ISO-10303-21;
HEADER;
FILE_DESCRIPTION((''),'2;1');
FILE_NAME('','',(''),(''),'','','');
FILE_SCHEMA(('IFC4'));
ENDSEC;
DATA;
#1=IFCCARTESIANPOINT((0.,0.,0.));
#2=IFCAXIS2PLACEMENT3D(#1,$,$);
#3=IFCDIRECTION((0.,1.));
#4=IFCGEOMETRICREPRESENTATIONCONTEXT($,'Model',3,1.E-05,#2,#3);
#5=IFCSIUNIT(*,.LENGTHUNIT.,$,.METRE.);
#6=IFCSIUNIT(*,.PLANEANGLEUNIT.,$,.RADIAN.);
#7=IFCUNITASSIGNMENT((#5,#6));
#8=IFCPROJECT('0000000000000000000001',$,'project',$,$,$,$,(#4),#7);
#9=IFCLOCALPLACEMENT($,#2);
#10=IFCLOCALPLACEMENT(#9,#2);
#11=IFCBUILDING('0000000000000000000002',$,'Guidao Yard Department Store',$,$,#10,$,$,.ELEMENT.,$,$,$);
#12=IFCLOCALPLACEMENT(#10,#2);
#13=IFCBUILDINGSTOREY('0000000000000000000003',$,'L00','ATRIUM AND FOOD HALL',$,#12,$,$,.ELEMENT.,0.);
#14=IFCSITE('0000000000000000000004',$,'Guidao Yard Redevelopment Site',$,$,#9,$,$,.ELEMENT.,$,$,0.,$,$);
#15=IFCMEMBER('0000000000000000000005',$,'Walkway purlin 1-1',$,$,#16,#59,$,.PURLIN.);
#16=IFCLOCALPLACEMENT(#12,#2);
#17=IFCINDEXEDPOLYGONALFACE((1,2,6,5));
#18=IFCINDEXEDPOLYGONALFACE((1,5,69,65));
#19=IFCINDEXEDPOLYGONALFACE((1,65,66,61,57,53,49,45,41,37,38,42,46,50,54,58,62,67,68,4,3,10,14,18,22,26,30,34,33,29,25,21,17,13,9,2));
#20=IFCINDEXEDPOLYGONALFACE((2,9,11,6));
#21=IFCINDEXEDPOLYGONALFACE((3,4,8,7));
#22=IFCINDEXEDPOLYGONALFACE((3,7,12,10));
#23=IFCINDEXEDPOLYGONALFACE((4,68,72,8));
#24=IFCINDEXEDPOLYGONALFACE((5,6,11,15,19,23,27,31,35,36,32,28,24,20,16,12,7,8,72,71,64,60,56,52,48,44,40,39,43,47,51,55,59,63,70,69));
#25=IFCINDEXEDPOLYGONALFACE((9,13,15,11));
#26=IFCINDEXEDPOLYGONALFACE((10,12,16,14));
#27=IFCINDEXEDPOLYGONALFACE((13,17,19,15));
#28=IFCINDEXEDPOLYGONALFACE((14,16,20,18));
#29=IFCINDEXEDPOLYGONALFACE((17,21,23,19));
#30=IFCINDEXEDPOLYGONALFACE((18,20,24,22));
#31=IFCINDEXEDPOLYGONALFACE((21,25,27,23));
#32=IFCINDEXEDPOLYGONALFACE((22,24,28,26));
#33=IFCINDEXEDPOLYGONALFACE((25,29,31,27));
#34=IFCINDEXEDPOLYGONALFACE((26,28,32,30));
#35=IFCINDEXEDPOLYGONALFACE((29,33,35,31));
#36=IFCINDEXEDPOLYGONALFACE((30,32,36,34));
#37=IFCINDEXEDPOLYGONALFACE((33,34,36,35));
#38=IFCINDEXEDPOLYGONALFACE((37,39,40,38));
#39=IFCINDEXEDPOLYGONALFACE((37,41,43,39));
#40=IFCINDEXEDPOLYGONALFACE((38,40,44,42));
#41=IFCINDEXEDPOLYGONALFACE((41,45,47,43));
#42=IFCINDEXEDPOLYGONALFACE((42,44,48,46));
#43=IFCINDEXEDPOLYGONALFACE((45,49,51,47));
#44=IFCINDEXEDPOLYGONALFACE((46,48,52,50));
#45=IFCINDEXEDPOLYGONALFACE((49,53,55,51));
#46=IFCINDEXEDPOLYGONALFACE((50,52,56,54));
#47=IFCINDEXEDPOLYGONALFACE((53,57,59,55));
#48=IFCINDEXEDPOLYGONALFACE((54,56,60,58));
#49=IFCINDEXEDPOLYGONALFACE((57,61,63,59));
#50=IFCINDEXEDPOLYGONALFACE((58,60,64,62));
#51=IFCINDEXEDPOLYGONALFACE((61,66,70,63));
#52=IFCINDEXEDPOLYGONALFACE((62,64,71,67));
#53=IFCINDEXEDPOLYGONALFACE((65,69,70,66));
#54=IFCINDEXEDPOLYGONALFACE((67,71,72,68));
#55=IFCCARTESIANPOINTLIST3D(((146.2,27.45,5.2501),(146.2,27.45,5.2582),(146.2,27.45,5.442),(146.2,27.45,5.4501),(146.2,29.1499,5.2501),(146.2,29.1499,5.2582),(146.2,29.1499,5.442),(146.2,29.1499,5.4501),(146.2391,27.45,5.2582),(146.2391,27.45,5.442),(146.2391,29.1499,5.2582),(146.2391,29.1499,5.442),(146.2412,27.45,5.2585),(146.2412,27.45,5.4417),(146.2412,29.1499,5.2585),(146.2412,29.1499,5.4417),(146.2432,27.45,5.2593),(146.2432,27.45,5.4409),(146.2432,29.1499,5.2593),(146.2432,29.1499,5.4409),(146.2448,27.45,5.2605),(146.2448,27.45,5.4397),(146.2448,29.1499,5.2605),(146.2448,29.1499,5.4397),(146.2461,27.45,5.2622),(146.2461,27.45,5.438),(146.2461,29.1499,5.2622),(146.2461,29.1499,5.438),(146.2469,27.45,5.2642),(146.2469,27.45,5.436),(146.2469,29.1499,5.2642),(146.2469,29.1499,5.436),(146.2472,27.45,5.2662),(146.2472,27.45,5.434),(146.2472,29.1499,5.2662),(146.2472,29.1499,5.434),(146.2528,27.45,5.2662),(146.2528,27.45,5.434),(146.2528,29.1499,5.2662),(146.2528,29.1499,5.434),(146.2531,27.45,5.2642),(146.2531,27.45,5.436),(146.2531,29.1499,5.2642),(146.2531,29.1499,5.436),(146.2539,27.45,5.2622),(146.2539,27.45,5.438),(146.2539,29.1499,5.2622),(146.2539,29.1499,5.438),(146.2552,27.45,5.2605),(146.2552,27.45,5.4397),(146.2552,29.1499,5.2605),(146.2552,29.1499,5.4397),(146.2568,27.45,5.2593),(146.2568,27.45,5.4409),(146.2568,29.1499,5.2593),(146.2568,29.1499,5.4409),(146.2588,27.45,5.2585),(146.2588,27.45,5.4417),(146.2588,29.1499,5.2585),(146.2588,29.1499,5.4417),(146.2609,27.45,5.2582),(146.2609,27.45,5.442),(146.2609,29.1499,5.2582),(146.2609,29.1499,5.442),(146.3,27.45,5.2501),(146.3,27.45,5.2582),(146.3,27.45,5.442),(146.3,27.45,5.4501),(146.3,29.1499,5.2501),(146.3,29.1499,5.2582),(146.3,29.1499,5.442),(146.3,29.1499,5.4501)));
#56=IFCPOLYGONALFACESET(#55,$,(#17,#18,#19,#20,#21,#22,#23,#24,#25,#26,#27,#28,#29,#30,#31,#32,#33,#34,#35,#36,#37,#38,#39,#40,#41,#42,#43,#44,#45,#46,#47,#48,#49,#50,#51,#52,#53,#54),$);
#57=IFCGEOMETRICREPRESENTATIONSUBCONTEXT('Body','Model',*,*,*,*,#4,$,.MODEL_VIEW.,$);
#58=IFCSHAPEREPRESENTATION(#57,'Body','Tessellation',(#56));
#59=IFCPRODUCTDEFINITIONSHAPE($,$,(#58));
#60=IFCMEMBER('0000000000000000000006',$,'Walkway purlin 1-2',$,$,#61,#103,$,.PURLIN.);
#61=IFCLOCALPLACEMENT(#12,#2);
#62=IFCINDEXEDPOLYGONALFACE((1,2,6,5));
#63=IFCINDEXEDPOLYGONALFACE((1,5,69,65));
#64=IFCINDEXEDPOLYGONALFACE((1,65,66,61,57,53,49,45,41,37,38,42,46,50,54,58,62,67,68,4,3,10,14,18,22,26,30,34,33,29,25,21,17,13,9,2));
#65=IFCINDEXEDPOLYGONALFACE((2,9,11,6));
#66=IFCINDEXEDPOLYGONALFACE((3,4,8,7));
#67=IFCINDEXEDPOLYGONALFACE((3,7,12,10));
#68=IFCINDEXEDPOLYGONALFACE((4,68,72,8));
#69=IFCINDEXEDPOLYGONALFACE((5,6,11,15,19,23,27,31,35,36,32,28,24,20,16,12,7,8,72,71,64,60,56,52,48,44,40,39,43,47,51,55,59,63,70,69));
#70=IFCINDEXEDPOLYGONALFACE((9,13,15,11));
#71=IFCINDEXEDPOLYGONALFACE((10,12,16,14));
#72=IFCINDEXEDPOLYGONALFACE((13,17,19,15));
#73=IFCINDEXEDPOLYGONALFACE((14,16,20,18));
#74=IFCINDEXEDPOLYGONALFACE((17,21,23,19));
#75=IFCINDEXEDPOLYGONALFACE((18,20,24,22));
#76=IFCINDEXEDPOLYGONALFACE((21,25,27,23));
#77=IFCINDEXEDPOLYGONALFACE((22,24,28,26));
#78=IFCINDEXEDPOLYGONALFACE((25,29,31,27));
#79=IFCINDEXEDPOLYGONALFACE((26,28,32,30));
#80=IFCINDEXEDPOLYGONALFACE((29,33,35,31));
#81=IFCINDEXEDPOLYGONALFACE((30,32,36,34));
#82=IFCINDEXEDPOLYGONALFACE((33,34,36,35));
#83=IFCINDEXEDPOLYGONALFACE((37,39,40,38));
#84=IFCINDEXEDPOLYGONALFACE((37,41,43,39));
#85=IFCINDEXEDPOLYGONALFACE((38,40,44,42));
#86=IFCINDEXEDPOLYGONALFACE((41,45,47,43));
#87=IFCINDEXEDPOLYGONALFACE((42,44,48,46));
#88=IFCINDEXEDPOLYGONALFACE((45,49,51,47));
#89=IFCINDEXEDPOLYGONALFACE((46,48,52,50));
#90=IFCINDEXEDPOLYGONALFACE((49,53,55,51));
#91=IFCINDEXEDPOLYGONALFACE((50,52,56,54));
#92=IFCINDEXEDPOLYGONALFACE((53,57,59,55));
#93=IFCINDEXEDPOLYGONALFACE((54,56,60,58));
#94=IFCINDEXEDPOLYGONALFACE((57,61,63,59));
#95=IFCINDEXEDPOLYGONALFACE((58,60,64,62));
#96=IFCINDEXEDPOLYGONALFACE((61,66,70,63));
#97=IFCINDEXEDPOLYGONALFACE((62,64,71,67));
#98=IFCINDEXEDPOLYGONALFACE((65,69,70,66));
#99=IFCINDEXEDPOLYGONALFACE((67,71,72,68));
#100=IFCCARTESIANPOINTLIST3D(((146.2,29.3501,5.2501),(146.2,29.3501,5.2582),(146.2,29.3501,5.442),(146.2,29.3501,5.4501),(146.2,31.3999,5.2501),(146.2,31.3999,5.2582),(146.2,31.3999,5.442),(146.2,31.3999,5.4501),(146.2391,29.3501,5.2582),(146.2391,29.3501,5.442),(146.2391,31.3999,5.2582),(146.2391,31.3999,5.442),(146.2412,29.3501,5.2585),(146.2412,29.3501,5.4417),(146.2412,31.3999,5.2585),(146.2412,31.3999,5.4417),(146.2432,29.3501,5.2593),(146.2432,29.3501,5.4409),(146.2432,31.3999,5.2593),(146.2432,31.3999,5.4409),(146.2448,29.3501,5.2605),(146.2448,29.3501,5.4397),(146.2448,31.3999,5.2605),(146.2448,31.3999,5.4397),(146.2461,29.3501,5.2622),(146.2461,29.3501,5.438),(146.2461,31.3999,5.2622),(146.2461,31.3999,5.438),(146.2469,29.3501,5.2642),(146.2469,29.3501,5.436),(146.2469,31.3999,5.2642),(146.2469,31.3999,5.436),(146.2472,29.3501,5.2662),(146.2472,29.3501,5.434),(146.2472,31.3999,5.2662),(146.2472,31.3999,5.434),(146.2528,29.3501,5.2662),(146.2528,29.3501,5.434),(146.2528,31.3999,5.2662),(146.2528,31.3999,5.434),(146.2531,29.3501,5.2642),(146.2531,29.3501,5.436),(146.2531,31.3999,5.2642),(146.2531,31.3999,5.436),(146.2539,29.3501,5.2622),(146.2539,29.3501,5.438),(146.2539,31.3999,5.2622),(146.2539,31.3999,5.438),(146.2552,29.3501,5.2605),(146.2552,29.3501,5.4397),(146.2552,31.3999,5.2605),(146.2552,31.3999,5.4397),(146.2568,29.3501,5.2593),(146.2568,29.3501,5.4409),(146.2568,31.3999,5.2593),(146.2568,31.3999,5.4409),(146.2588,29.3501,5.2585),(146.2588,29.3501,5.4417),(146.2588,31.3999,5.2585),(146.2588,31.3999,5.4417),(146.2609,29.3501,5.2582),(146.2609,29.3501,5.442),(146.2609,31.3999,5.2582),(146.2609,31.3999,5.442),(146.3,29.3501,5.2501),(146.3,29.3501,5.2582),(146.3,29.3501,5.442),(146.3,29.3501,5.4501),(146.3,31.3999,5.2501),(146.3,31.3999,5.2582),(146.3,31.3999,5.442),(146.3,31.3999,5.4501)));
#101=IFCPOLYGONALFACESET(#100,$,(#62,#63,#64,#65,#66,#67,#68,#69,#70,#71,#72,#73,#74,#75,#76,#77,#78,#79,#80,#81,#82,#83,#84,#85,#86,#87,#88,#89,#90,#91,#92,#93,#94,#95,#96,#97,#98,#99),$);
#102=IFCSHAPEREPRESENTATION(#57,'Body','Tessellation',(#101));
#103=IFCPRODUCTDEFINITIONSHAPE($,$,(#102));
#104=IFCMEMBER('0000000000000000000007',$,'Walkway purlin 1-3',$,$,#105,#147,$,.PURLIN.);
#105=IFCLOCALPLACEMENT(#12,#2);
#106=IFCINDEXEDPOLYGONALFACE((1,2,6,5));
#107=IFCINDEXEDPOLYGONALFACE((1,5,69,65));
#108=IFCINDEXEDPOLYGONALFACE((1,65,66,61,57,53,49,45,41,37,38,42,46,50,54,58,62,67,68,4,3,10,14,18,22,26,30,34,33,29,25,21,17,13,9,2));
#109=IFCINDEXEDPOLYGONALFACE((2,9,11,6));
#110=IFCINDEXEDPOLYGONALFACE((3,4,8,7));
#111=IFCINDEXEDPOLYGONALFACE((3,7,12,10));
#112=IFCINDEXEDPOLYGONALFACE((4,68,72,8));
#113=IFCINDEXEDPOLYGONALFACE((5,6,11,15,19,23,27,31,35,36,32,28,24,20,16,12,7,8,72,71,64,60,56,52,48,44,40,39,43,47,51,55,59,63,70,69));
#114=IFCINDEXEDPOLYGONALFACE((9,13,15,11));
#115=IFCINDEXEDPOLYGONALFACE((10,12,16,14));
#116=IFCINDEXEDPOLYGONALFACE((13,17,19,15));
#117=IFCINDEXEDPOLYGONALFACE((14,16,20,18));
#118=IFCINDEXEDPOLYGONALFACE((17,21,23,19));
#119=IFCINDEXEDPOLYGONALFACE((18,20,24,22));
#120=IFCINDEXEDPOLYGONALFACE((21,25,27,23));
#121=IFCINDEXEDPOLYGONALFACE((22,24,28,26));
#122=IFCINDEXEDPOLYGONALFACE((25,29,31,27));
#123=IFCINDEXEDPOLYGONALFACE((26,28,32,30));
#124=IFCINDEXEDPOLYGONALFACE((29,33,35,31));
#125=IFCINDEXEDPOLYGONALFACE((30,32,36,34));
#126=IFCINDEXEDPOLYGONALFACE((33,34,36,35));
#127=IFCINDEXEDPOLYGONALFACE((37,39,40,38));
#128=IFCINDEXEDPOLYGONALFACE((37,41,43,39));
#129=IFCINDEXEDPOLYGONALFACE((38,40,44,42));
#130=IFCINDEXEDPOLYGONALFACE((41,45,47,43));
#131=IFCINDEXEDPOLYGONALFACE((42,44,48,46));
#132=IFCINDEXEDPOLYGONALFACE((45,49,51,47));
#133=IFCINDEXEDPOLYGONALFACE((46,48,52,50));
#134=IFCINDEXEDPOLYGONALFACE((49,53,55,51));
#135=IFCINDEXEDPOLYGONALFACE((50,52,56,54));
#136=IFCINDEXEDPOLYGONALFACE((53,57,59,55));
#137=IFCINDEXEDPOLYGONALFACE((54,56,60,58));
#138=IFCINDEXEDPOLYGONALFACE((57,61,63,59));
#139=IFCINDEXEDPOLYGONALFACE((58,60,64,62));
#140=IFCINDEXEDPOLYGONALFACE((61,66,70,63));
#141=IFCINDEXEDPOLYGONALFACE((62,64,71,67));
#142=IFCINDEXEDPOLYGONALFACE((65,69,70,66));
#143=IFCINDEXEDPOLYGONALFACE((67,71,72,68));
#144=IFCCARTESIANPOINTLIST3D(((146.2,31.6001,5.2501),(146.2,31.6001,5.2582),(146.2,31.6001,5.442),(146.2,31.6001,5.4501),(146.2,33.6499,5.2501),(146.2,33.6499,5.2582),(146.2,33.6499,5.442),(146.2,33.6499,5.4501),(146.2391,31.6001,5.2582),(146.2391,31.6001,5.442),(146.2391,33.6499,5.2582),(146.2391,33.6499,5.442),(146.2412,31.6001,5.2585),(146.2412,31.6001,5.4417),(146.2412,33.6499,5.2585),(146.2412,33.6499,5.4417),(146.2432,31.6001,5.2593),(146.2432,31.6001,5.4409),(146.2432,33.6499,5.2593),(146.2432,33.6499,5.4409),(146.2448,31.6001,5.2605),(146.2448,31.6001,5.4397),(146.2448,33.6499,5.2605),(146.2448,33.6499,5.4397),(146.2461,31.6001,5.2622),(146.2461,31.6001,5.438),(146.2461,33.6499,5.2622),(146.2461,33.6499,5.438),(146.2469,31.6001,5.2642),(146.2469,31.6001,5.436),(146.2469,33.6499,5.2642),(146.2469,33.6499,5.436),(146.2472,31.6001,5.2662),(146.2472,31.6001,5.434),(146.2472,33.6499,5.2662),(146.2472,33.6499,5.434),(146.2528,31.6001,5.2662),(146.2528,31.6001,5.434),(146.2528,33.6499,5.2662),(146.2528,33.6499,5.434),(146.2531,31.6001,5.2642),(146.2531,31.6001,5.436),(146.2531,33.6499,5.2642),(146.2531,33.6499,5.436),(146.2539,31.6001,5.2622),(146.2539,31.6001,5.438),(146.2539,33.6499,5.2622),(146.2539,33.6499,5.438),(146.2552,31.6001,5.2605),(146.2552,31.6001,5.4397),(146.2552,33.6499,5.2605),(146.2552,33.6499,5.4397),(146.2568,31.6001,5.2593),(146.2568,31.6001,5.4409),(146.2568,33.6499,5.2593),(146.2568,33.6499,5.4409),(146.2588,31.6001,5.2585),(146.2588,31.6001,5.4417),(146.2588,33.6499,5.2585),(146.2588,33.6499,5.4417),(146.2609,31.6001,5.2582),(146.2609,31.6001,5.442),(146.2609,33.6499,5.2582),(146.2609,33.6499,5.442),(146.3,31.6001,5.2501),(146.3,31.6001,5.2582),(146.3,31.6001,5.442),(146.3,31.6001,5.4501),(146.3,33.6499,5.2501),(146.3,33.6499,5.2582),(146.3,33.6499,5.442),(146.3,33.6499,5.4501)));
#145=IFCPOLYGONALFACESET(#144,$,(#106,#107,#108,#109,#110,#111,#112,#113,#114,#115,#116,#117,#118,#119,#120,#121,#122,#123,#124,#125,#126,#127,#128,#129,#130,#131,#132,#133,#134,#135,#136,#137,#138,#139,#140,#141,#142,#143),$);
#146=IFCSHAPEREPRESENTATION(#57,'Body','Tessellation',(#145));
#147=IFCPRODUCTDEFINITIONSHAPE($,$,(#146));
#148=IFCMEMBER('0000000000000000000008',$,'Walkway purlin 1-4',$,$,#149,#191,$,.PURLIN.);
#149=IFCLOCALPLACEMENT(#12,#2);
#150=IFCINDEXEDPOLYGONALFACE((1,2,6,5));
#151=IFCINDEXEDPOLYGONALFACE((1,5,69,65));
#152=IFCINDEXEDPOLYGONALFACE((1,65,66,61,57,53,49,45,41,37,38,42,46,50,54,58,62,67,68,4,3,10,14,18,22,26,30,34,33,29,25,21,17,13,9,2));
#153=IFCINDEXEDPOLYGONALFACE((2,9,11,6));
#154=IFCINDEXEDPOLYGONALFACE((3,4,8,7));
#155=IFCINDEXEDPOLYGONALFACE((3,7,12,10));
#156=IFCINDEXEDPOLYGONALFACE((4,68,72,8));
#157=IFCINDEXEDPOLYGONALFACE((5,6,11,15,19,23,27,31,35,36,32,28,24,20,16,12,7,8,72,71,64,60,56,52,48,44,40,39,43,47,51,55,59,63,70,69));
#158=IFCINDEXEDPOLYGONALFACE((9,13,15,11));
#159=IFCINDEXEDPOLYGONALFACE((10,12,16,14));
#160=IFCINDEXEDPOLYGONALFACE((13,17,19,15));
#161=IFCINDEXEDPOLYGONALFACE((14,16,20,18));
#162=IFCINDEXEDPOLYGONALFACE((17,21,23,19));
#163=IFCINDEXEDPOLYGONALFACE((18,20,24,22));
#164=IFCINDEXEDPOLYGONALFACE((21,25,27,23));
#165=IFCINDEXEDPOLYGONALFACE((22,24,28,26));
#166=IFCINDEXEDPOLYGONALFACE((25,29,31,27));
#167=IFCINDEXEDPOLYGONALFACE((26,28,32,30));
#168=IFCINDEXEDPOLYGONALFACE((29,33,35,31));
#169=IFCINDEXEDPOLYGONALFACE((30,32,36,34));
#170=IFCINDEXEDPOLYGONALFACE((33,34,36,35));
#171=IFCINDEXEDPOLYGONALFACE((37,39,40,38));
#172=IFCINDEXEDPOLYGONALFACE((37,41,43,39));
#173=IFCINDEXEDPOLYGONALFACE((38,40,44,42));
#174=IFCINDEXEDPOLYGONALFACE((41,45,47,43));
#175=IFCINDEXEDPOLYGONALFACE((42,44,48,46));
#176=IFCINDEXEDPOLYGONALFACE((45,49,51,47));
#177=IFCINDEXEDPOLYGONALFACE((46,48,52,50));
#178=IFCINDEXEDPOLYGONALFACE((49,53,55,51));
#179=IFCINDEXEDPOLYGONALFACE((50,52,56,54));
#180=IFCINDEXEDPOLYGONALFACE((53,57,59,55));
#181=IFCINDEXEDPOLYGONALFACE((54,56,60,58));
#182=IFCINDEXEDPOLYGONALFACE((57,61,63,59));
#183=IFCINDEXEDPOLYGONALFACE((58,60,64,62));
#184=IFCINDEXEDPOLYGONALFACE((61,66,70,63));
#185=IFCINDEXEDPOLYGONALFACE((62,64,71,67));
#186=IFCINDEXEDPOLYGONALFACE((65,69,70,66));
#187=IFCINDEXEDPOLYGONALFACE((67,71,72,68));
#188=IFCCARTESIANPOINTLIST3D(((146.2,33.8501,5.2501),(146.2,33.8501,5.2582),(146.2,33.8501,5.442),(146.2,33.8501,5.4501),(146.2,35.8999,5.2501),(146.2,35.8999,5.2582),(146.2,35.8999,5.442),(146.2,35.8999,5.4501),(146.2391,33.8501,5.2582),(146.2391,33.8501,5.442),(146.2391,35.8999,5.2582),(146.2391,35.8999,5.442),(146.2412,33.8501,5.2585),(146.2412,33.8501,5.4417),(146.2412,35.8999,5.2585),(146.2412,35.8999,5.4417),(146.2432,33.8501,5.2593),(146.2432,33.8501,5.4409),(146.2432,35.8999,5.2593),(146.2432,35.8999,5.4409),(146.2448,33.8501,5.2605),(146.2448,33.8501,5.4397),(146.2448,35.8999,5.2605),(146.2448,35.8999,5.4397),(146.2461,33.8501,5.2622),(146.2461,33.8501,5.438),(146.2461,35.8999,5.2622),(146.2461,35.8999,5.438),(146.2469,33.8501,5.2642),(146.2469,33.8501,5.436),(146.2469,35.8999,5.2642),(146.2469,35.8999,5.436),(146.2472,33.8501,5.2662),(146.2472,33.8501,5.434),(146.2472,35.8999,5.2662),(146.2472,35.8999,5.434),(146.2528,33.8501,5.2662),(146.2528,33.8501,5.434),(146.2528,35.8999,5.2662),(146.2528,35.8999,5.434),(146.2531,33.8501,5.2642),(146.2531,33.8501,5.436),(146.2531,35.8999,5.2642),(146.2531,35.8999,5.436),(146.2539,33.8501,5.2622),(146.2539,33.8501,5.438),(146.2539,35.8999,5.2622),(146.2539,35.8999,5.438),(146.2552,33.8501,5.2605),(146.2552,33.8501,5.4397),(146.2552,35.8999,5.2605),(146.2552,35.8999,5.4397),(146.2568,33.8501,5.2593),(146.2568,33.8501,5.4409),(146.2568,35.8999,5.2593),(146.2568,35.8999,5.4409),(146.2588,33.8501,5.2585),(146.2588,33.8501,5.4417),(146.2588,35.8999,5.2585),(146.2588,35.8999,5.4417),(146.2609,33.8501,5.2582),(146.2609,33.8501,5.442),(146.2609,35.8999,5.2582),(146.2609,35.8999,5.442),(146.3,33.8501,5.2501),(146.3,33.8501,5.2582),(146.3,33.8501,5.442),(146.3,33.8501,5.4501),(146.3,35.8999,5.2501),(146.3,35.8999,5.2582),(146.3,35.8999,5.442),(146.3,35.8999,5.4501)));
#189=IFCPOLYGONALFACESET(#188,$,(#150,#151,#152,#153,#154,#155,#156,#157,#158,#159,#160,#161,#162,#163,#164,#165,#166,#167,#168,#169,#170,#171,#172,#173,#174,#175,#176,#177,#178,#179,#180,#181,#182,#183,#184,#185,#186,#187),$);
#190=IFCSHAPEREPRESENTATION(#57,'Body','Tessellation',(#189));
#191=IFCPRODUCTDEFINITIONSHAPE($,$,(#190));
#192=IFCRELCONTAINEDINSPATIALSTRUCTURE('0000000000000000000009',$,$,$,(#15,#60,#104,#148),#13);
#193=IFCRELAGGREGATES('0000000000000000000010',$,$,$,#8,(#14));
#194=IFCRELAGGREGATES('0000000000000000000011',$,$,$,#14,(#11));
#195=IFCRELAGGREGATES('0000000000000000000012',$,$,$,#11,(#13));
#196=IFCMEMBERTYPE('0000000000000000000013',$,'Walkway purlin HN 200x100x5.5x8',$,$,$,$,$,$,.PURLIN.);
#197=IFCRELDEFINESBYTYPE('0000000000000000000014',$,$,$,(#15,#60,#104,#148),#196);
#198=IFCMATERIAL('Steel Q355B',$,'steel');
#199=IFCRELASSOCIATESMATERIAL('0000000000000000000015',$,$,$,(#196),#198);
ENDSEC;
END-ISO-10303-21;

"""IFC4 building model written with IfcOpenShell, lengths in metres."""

from ifc_helpers import new_model, si_unit, direction, frame, origin, origin_2d, place, context, subcontext, project, spatial, i_section, extrude, material, material_profile, profile_set, type_object, element, save


model = new_model("IFC4")

# Units and contexts
model_context = context("Model", 3, precision=1e-05, world=origin(), true_north=direction((0.0, 1.0)))
body_context = subcontext(model_context, "Body", "Model", "MODEL_VIEW")
ifc_project = project(units=[si_unit("LENGTHUNIT", "METRE"), si_unit("PLANEANGLEUNIT", "RADIAN")], contexts=[model_context])

# Site, building, storey
site_placement = place(None, origin())
site = spatial("IfcSite", under=ifc_project, at=site_placement, Name="Guidao Yard Redevelopment Site", CompositionType="ELEMENT", RefElevation=0.0)
building_placement = place(site_placement, origin())
building = spatial("IfcBuilding", under=site, at=building_placement, Name="Guidao Yard Department Store", CompositionType="ELEMENT")
storey_placement = place(building_placement, origin())
storey = spatial("IfcBuildingStorey", under=building, at=storey_placement, Name="L00", Description="ATRIUM AND FOOD HALL", CompositionType="ELEMENT", Elevation=0.0)

# Members
ifc_material_1 = material(Name="Steel Q355B", Category="steel")
ifc_material_profile_1 = material_profile(ifc_material_1, i_section(OverallWidth=0.1001, OverallDepth=0.2, WebThickness=0.0056, FlangeThickness=0.0081, FilletRadius=0.0081, at=origin_2d()), Name="HN 200x100x5.5x8")
ifc_profile_set_1 = profile_set([ifc_material_profile_1], Name="Steel Q355B")
member_type = type_object("IfcMemberType", Name="Walkway purlin HN 200x100x5.5x8", PredefinedType="PURLIN", material=ifc_profile_set_1)
member_1_placement = place(storey_placement, frame((146.25, 27.45, 5.3501), z_axis=(0.0, 1.0, 0.0), x_axis=(-1.0, 0.0, 0.0)))
element("IfcMember", 1, at=member_1_placement, inside=storey, type_object=member_type, Name="Walkway purlin 1-1", PredefinedType="PURLIN", context=body_context, shape_type="SweptSolid", body=[
    extrude(i_section(OverallWidth=0.1001, OverallDepth=0.2, WebThickness=0.0056, FlangeThickness=0.0081, FilletRadius=0.0081, at=origin_2d()), origin(), (0.0, 0.0, 1.0), 1.7),
])
for number, where, z_axis, x_axis, name in (
    (2, (146.25, 29.3501, 5.3501), (0.0, 1.0, 0.0), (-1.0, 0.0, 0.0), "Walkway purlin 1-2"),
    (3, (146.25, 31.6001, 5.3501), (0.0, 1.0, 0.0), (-1.0, 0.0, 0.0), "Walkway purlin 1-3"),
    (4, (146.25, 33.8501, 5.3501), (0.0, 1.0, 0.0), (-1.0, 0.0, 0.0), "Walkway purlin 1-4"),
):
    element("IfcMember", number, at=place(storey_placement, frame(where, z_axis=z_axis, x_axis=x_axis)), inside=storey, type_object=member_type, Name=name, PredefinedType="PURLIN", context=body_context, shape_type="SweptSolid", body=[
        extrude(i_section(OverallWidth=0.1001, OverallDepth=0.2, WebThickness=0.0056, FlangeThickness=0.0081, FilletRadius=0.0081, at=origin_2d()), origin(), (0.0, 0.0, 1.0), 2.0498),
    ])

save(model, "model.ifc")
